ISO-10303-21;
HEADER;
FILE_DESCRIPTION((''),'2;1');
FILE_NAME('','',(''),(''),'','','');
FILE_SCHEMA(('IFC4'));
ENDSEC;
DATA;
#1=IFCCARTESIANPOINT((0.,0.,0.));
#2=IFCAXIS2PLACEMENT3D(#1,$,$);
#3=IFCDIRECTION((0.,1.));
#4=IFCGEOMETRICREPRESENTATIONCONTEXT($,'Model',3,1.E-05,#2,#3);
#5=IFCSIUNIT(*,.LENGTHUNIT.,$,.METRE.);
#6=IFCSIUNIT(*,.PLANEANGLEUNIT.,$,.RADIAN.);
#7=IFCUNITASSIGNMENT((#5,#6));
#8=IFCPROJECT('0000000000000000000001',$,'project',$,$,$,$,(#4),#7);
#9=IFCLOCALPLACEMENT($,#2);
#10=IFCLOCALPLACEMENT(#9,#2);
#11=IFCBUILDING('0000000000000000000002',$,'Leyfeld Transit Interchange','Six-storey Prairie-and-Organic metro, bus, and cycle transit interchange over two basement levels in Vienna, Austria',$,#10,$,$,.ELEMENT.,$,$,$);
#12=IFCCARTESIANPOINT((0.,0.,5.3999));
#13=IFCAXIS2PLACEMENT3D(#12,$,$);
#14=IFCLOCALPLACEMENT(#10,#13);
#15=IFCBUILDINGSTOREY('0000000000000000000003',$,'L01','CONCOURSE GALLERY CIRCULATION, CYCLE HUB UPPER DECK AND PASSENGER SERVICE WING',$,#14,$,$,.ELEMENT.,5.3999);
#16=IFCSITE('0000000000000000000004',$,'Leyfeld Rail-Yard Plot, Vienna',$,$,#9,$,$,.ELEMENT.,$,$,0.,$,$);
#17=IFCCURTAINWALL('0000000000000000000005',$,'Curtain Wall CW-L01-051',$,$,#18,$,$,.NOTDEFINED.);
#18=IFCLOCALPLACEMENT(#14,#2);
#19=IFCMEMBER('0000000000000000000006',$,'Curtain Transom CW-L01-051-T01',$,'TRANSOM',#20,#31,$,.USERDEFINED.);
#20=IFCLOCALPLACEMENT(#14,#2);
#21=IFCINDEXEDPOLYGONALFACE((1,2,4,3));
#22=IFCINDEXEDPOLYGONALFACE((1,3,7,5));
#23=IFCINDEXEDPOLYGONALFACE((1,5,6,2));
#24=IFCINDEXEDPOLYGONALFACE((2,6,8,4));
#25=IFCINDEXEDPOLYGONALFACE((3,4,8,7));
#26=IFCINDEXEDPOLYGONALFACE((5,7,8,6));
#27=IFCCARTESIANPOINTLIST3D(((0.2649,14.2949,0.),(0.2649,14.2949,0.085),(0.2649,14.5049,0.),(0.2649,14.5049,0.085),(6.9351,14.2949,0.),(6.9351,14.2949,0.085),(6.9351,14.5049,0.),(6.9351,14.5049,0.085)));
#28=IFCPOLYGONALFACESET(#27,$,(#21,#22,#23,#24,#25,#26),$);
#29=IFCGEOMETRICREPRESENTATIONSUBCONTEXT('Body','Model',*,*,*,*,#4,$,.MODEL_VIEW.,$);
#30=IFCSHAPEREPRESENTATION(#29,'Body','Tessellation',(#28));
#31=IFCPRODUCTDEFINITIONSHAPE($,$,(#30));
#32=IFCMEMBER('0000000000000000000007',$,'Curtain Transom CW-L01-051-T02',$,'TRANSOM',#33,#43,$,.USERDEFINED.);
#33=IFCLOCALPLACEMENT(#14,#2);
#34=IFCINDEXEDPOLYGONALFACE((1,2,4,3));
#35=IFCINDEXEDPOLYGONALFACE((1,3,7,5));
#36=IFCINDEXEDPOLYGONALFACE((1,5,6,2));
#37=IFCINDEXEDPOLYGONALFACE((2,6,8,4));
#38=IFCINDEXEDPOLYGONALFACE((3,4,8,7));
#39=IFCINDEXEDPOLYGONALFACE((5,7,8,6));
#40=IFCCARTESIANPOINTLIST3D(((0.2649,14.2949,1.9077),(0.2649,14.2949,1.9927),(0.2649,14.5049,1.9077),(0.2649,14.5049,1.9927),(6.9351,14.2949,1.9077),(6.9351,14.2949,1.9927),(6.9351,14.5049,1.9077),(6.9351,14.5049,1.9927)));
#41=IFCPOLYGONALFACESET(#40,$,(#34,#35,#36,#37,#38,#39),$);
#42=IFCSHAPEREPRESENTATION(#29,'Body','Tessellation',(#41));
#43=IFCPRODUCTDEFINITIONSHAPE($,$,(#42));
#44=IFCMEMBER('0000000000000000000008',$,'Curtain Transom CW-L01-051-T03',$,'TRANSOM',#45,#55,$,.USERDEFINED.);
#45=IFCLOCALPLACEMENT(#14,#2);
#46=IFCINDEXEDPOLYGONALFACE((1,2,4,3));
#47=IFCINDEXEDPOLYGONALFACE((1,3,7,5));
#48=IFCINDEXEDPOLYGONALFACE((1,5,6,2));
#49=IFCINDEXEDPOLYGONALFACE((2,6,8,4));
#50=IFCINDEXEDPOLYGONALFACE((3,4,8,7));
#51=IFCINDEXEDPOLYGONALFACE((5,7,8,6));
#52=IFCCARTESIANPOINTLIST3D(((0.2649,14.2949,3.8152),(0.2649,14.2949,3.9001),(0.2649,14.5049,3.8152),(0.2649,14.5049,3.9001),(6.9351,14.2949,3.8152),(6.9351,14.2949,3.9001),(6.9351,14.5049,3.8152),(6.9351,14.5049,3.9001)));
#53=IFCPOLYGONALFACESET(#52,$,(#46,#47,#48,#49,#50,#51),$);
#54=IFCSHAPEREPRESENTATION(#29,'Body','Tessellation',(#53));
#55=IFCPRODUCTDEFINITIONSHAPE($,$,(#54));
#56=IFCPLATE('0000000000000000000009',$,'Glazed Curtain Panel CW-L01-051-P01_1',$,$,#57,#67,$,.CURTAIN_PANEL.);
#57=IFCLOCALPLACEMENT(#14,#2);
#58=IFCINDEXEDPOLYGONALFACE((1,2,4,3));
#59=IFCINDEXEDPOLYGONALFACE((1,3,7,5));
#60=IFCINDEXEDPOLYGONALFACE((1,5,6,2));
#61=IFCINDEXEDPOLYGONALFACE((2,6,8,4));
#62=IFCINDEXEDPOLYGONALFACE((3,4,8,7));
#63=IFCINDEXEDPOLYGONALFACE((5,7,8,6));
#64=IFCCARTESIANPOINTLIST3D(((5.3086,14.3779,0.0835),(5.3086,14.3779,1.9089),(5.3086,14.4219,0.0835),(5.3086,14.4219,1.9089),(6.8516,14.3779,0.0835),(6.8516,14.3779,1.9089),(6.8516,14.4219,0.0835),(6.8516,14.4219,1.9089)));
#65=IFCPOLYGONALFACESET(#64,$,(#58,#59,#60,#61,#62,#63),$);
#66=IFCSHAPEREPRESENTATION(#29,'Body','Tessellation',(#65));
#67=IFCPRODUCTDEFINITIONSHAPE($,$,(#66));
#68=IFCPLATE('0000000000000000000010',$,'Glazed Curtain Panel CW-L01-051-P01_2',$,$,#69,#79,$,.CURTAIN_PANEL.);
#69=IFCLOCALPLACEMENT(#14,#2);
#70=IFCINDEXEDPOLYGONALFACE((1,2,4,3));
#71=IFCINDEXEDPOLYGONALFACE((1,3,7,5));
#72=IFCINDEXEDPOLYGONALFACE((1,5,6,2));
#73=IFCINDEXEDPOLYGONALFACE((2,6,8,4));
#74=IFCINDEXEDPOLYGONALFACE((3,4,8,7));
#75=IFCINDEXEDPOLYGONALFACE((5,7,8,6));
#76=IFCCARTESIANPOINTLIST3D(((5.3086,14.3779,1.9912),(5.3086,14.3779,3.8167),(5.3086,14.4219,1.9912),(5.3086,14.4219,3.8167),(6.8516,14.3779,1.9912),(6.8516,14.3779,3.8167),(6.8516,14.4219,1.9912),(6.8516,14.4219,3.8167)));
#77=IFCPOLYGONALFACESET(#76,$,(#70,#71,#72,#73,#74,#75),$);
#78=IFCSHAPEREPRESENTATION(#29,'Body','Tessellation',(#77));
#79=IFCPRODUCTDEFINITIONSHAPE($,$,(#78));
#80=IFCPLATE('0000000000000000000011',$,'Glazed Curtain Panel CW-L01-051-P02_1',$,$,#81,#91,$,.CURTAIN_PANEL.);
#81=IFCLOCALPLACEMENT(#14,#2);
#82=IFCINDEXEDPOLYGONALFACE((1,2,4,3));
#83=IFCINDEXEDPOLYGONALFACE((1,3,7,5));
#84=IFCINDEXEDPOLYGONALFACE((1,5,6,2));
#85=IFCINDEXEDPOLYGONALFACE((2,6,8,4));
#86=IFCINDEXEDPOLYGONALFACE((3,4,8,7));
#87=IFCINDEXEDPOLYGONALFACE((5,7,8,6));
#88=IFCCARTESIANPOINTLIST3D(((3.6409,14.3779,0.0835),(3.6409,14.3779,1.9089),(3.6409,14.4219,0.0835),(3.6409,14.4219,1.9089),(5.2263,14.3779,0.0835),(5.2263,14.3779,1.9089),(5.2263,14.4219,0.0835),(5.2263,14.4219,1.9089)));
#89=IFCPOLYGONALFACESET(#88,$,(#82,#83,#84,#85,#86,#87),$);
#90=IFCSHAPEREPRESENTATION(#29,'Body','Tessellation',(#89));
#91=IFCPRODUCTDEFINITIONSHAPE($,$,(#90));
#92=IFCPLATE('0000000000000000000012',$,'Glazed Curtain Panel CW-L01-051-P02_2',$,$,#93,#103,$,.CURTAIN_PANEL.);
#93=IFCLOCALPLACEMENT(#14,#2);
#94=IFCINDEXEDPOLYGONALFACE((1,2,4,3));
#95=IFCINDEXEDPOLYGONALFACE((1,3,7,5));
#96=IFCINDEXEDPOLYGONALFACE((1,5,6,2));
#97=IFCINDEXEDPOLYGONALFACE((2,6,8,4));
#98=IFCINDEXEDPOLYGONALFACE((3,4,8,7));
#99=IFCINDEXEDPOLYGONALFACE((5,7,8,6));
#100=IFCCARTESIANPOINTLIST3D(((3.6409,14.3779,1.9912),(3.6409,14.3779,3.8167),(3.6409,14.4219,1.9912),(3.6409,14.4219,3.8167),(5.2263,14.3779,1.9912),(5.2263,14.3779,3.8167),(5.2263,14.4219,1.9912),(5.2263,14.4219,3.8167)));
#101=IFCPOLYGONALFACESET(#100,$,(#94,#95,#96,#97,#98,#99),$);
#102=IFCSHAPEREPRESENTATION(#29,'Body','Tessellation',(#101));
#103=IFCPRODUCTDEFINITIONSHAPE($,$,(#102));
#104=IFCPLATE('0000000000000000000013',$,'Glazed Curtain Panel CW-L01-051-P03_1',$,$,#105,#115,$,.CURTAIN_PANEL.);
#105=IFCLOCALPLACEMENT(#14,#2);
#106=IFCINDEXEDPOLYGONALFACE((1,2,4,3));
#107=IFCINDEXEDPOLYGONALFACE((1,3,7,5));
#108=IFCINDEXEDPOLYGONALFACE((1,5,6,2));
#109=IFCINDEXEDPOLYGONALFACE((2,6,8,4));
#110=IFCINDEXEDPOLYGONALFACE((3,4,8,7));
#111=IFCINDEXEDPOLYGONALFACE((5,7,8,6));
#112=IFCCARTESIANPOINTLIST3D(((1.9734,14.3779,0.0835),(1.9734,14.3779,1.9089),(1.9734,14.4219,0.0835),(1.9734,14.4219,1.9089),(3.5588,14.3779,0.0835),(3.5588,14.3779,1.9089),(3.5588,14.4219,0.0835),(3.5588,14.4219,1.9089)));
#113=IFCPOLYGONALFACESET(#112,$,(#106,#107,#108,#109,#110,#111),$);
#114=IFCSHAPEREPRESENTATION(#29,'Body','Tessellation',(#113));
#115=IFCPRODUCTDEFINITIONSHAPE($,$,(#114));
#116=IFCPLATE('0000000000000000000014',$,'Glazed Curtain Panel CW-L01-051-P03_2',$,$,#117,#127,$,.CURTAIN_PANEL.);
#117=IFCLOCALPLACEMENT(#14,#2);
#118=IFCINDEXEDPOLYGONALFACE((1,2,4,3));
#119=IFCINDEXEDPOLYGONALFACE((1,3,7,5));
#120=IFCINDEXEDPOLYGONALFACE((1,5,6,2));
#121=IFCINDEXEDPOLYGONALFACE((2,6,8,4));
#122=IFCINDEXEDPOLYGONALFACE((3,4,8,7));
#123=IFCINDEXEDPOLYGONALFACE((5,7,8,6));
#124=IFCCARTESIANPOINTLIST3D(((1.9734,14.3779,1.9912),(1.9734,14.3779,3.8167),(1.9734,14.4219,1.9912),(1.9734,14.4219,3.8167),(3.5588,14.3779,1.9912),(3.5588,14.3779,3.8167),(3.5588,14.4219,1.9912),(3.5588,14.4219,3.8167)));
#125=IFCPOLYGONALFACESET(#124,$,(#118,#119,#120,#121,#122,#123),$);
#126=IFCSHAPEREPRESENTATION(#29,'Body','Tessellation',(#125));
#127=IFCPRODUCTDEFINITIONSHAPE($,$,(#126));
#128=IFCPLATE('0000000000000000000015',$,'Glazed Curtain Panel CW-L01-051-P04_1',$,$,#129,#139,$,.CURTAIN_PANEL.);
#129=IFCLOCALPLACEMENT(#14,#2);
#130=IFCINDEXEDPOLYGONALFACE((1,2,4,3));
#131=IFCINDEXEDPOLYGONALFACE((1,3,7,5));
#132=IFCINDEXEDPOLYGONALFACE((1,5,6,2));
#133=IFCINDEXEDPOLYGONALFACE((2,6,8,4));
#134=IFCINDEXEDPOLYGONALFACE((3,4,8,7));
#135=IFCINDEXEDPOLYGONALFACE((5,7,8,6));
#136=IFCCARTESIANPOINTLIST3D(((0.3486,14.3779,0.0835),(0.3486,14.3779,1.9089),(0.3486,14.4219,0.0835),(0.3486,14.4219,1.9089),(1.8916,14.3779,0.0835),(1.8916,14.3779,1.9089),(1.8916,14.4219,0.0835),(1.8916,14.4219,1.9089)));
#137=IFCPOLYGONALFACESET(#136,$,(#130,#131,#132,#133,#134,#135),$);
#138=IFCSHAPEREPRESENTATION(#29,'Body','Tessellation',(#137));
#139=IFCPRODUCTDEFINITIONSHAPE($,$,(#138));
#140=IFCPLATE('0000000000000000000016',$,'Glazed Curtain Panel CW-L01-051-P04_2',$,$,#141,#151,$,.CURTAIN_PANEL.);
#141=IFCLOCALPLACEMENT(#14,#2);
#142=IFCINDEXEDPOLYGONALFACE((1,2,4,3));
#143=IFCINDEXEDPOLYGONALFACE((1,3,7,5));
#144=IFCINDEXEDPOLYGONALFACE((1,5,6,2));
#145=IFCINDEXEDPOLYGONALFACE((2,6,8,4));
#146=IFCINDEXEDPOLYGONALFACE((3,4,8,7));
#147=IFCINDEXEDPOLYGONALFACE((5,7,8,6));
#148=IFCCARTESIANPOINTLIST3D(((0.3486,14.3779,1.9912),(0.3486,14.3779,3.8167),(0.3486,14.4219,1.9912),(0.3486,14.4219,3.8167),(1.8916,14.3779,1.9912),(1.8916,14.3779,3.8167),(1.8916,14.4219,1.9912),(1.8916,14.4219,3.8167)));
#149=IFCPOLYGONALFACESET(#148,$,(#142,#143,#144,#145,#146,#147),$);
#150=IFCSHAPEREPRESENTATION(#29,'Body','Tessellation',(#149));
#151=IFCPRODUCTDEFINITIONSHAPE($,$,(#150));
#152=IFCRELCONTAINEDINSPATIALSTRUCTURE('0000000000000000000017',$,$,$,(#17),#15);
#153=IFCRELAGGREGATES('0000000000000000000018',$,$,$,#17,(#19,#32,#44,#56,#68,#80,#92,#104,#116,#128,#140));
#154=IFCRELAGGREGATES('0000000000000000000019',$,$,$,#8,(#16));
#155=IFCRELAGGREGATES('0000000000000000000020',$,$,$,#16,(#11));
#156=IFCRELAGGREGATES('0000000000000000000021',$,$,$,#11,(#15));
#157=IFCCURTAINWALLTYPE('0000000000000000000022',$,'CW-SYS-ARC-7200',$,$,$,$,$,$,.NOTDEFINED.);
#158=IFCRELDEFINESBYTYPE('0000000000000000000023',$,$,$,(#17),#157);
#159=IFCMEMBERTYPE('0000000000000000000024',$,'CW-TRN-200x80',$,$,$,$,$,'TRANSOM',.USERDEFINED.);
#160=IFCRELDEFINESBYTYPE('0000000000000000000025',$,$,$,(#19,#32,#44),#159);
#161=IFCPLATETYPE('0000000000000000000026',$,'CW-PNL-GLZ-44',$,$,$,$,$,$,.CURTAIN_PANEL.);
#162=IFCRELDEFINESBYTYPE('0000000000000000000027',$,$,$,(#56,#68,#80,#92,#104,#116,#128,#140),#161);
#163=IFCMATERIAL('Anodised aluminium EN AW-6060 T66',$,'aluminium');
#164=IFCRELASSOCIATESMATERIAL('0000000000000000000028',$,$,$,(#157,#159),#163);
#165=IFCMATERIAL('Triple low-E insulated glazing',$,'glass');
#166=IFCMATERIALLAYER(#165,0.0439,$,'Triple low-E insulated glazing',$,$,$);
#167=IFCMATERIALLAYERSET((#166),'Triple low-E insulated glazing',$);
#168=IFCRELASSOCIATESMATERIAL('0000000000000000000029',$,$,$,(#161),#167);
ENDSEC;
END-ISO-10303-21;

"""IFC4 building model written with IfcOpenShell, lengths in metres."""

from ifc_helpers import new_model, si_unit, direction, frame, origin, origin_2d, place, context, subcontext, project, spatial, rectangle, extrude, material, layer, layer_set, material_profile, profile_set, type_object, element, aggregate, save


model = new_model("IFC4")

# Units and contexts
model_context = context("Model", 3, precision=1e-05, world=origin(), true_north=direction((0.0, 1.0)))
body_context = subcontext(model_context, "Body", "Model", "MODEL_VIEW")
ifc_project = project(units=[si_unit("LENGTHUNIT", "METRE"), si_unit("PLANEANGLEUNIT", "RADIAN")], contexts=[model_context])

# Site, building, storey
site_placement = place(None, origin())
site = spatial("IfcSite", under=ifc_project, at=site_placement, Name="Leyfeld Rail-Yard Plot, Vienna", CompositionType="ELEMENT", RefElevation=0.0)
building_placement = place(site_placement, origin())
building = spatial("IfcBuilding", under=site, at=building_placement, Name="Leyfeld Transit Interchange", Description="Six-storey Prairie-and-Organic metro, bus, and cycle transit interchange over two basement levels in Vienna, Austria", CompositionType="ELEMENT")
storey_placement = place(building_placement, frame((0.0, 0.0, 5.3999)))
storey = spatial("IfcBuildingStorey", under=building, at=storey_placement, Name="L01", Description="CONCOURSE GALLERY CIRCULATION, CYCLE HUB UPPER DECK AND PASSENGER SERVICE WING", CompositionType="ELEMENT", Elevation=5.3999)

# Curtain wall, members, plates
ifc_material_1 = material(Name="Anodised aluminium EN AW-6060 T66", Category="aluminium")
curtain_wall_type = type_object("IfcCurtainWallType", Name="CW-SYS-ARC-7200", PredefinedType="NOTDEFINED", material=ifc_material_1)
curtain_wall_placement = place(storey_placement, origin())
curtain_wall = element("IfcCurtainWall", 1, at=curtain_wall_placement, inside=storey, type_object=curtain_wall_type, Name="Curtain Wall CW-L01-051", PredefinedType="NOTDEFINED")
ifc_material_profile_1 = material_profile(ifc_material_1, rectangle(XDim=0.21, YDim=0.085, at=origin_2d()), Name="CW-TRN-200x80")
ifc_profile_set_1 = profile_set([ifc_material_profile_1], Name="Anodised aluminium EN AW-6060 T66")
member_type_1 = type_object("IfcMemberType", Name="CW-TRN-200x80", ElementType="TRANSOM", PredefinedType="USERDEFINED", material=ifc_profile_set_1)
member_1_placement = place(storey_placement, frame((6.9351, 14.3999, 0.0425), z_axis=(-1.0, 0.0, 0.0), x_axis=(0.0, -1.0, 0.0)))
member_1 = element("IfcMember", 2, at=member_1_placement, type_object=member_type_1, Name="Curtain Transom CW-L01-051-T01", ObjectType="TRANSOM", PredefinedType="USERDEFINED", context=body_context, shape_type="SweptSolid", body=[
    extrude(rectangle(XDim=0.21, YDim=0.085, at=origin_2d()), origin(), (0.0, 0.0, 1.0), 6.6702),
])
member_2_placement = place(storey_placement, frame((6.9351, 14.3999, 1.9502), z_axis=(-1.0, 0.0, 0.0), x_axis=(0.0, -1.0, 0.0)))
member_2 = element("IfcMember", 3, at=member_2_placement, type_object=member_type_1, Name="Curtain Transom CW-L01-051-T02", ObjectType="TRANSOM", PredefinedType="USERDEFINED", context=body_context, shape_type="SweptSolid", body=[
    extrude(rectangle(XDim=0.21, YDim=0.085, at=origin_2d()), origin(), (0.0, 0.0, 1.0), 6.6702),
])
member_3_placement = place(storey_placement, frame((6.9351, 14.3999, 3.8577), z_axis=(-1.0, 0.0, 0.0), x_axis=(0.0, -1.0, 0.0)))
member_3 = element("IfcMember", 4, at=member_3_placement, type_object=member_type_1, Name="Curtain Transom CW-L01-051-T03", ObjectType="TRANSOM", PredefinedType="USERDEFINED", context=body_context, shape_type="SweptSolid", body=[
    extrude(rectangle(XDim=0.21, YDim=0.085, at=origin_2d()), origin(), (0.0, 0.0, 1.0), 6.6702),
])
ifc_material_2 = material(Name="Triple low-E insulated glazing", Category="glass")
ifc_layer = layer(ifc_material_2, 0.0439, Name="Triple low-E insulated glazing")
ifc_layer_set = layer_set([ifc_layer], Name="Triple low-E insulated glazing")
plate_type = type_object("IfcPlateType", Name="CW-PNL-GLZ-44", PredefinedType="CURTAIN_PANEL", material=ifc_layer_set)
plate_1_placement = place(storey_placement, frame((6.0801, 14.3999, 0.0835), z_axis=(0.0, 0.0, 1.0), x_axis=(-1.0, 0.0, 0.0)))
plate_1 = element("IfcPlate", 5, at=plate_1_placement, type_object=plate_type, Name="Glazed Curtain Panel CW-L01-051-P01_1", PredefinedType="CURTAIN_PANEL", context=body_context, shape_type="SweptSolid", body=[
    extrude(rectangle(XDim=1.543, YDim=0.0439, at=origin_2d()), origin(), (0.0, 0.0, 1.0), 1.8254),
])
plate_2_placement = place(storey_placement, frame((6.0801, 14.3999, 1.9912), z_axis=(0.0, 0.0, 1.0), x_axis=(-1.0, 0.0, 0.0)))
plate_2 = element("IfcPlate", 6, at=plate_2_placement, type_object=plate_type, Name="Glazed Curtain Panel CW-L01-051-P01_2", PredefinedType="CURTAIN_PANEL", context=body_context, shape_type="SweptSolid", body=[
    extrude(rectangle(XDim=1.543, YDim=0.0439, at=origin_2d()), origin(), (0.0, 0.0, 1.0), 1.8254),
])
plate_3_placement = place(storey_placement, frame((4.4336, 14.3999, 0.0835), z_axis=(0.0, 0.0, 1.0), x_axis=(-1.0, 0.0, 0.0)))
plate_3 = element("IfcPlate", 7, at=plate_3_placement, type_object=plate_type, Name="Glazed Curtain Panel CW-L01-051-P02_1", PredefinedType="CURTAIN_PANEL", context=body_context, shape_type="SweptSolid", body=[
    extrude(rectangle(XDim=1.5854, YDim=0.0439, at=origin_2d()), origin(), (0.0, 0.0, 1.0), 1.8254),
])
plate_4_placement = place(storey_placement, frame((4.4336, 14.3999, 1.9912), z_axis=(0.0, 0.0, 1.0), x_axis=(-1.0, 0.0, 0.0)))
plate_4 = element("IfcPlate", 8, at=plate_4_placement, type_object=plate_type, Name="Glazed Curtain Panel CW-L01-051-P02_2", PredefinedType="CURTAIN_PANEL", context=body_context, shape_type="SweptSolid", body=[
    extrude(rectangle(XDim=1.5854, YDim=0.0439, at=origin_2d()), origin(), (0.0, 0.0, 1.0), 1.8254),
])
plate_5_placement = place(storey_placement, frame((2.7661, 14.3999, 0.0835), z_axis=(0.0, 0.0, 1.0), x_axis=(-1.0, 0.0, 0.0)))
plate_5 = element("IfcPlate", 9, at=plate_5_placement, type_object=plate_type, Name="Glazed Curtain Panel CW-L01-051-P03_1", PredefinedType="CURTAIN_PANEL", context=body_context, shape_type="SweptSolid", body=[
    extrude(rectangle(XDim=1.5854, YDim=0.0439, at=origin_2d()), origin(), (0.0, 0.0, 1.0), 1.8254),
])
plate_6_placement = place(storey_placement, frame((2.7661, 14.3999, 1.9912), z_axis=(0.0, 0.0, 1.0), x_axis=(-1.0, 0.0, 0.0)))
plate_6 = element("IfcPlate", 10, at=plate_6_placement, type_object=plate_type, Name="Glazed Curtain Panel CW-L01-051-P03_2", PredefinedType="CURTAIN_PANEL", context=body_context, shape_type="SweptSolid", body=[
    extrude(rectangle(XDim=1.5854, YDim=0.0439, at=origin_2d()), origin(), (0.0, 0.0, 1.0), 1.8254),
])
plate_7_placement = place(storey_placement, frame((1.1201, 14.3999, 0.0835), z_axis=(0.0, 0.0, 1.0), x_axis=(-1.0, 0.0, 0.0)))
plate_7 = element("IfcPlate", 11, at=plate_7_placement, type_object=plate_type, Name="Glazed Curtain Panel CW-L01-051-P04_1", PredefinedType="CURTAIN_PANEL", context=body_context, shape_type="SweptSolid", body=[
    extrude(rectangle(XDim=1.543, YDim=0.0439, at=origin_2d()), origin(), (0.0, 0.0, 1.0), 1.8254),
])
plate_8_placement = place(storey_placement, frame((1.1201, 14.3999, 1.9912), z_axis=(0.0, 0.0, 1.0), x_axis=(-1.0, 0.0, 0.0)))
plate_8 = element("IfcPlate", 12, at=plate_8_placement, type_object=plate_type, Name="Glazed Curtain Panel CW-L01-051-P04_2", PredefinedType="CURTAIN_PANEL", context=body_context, shape_type="SweptSolid", body=[
    extrude(rectangle(XDim=1.543, YDim=0.0439, at=origin_2d()), origin(), (0.0, 0.0, 1.0), 1.8254),
])
aggregate(curtain_wall, [member_1, member_2, member_3, plate_1, plate_2, plate_3, plate_4, plate_5, plate_6, plate_7, plate_8])

save(model, "model.ifc")
